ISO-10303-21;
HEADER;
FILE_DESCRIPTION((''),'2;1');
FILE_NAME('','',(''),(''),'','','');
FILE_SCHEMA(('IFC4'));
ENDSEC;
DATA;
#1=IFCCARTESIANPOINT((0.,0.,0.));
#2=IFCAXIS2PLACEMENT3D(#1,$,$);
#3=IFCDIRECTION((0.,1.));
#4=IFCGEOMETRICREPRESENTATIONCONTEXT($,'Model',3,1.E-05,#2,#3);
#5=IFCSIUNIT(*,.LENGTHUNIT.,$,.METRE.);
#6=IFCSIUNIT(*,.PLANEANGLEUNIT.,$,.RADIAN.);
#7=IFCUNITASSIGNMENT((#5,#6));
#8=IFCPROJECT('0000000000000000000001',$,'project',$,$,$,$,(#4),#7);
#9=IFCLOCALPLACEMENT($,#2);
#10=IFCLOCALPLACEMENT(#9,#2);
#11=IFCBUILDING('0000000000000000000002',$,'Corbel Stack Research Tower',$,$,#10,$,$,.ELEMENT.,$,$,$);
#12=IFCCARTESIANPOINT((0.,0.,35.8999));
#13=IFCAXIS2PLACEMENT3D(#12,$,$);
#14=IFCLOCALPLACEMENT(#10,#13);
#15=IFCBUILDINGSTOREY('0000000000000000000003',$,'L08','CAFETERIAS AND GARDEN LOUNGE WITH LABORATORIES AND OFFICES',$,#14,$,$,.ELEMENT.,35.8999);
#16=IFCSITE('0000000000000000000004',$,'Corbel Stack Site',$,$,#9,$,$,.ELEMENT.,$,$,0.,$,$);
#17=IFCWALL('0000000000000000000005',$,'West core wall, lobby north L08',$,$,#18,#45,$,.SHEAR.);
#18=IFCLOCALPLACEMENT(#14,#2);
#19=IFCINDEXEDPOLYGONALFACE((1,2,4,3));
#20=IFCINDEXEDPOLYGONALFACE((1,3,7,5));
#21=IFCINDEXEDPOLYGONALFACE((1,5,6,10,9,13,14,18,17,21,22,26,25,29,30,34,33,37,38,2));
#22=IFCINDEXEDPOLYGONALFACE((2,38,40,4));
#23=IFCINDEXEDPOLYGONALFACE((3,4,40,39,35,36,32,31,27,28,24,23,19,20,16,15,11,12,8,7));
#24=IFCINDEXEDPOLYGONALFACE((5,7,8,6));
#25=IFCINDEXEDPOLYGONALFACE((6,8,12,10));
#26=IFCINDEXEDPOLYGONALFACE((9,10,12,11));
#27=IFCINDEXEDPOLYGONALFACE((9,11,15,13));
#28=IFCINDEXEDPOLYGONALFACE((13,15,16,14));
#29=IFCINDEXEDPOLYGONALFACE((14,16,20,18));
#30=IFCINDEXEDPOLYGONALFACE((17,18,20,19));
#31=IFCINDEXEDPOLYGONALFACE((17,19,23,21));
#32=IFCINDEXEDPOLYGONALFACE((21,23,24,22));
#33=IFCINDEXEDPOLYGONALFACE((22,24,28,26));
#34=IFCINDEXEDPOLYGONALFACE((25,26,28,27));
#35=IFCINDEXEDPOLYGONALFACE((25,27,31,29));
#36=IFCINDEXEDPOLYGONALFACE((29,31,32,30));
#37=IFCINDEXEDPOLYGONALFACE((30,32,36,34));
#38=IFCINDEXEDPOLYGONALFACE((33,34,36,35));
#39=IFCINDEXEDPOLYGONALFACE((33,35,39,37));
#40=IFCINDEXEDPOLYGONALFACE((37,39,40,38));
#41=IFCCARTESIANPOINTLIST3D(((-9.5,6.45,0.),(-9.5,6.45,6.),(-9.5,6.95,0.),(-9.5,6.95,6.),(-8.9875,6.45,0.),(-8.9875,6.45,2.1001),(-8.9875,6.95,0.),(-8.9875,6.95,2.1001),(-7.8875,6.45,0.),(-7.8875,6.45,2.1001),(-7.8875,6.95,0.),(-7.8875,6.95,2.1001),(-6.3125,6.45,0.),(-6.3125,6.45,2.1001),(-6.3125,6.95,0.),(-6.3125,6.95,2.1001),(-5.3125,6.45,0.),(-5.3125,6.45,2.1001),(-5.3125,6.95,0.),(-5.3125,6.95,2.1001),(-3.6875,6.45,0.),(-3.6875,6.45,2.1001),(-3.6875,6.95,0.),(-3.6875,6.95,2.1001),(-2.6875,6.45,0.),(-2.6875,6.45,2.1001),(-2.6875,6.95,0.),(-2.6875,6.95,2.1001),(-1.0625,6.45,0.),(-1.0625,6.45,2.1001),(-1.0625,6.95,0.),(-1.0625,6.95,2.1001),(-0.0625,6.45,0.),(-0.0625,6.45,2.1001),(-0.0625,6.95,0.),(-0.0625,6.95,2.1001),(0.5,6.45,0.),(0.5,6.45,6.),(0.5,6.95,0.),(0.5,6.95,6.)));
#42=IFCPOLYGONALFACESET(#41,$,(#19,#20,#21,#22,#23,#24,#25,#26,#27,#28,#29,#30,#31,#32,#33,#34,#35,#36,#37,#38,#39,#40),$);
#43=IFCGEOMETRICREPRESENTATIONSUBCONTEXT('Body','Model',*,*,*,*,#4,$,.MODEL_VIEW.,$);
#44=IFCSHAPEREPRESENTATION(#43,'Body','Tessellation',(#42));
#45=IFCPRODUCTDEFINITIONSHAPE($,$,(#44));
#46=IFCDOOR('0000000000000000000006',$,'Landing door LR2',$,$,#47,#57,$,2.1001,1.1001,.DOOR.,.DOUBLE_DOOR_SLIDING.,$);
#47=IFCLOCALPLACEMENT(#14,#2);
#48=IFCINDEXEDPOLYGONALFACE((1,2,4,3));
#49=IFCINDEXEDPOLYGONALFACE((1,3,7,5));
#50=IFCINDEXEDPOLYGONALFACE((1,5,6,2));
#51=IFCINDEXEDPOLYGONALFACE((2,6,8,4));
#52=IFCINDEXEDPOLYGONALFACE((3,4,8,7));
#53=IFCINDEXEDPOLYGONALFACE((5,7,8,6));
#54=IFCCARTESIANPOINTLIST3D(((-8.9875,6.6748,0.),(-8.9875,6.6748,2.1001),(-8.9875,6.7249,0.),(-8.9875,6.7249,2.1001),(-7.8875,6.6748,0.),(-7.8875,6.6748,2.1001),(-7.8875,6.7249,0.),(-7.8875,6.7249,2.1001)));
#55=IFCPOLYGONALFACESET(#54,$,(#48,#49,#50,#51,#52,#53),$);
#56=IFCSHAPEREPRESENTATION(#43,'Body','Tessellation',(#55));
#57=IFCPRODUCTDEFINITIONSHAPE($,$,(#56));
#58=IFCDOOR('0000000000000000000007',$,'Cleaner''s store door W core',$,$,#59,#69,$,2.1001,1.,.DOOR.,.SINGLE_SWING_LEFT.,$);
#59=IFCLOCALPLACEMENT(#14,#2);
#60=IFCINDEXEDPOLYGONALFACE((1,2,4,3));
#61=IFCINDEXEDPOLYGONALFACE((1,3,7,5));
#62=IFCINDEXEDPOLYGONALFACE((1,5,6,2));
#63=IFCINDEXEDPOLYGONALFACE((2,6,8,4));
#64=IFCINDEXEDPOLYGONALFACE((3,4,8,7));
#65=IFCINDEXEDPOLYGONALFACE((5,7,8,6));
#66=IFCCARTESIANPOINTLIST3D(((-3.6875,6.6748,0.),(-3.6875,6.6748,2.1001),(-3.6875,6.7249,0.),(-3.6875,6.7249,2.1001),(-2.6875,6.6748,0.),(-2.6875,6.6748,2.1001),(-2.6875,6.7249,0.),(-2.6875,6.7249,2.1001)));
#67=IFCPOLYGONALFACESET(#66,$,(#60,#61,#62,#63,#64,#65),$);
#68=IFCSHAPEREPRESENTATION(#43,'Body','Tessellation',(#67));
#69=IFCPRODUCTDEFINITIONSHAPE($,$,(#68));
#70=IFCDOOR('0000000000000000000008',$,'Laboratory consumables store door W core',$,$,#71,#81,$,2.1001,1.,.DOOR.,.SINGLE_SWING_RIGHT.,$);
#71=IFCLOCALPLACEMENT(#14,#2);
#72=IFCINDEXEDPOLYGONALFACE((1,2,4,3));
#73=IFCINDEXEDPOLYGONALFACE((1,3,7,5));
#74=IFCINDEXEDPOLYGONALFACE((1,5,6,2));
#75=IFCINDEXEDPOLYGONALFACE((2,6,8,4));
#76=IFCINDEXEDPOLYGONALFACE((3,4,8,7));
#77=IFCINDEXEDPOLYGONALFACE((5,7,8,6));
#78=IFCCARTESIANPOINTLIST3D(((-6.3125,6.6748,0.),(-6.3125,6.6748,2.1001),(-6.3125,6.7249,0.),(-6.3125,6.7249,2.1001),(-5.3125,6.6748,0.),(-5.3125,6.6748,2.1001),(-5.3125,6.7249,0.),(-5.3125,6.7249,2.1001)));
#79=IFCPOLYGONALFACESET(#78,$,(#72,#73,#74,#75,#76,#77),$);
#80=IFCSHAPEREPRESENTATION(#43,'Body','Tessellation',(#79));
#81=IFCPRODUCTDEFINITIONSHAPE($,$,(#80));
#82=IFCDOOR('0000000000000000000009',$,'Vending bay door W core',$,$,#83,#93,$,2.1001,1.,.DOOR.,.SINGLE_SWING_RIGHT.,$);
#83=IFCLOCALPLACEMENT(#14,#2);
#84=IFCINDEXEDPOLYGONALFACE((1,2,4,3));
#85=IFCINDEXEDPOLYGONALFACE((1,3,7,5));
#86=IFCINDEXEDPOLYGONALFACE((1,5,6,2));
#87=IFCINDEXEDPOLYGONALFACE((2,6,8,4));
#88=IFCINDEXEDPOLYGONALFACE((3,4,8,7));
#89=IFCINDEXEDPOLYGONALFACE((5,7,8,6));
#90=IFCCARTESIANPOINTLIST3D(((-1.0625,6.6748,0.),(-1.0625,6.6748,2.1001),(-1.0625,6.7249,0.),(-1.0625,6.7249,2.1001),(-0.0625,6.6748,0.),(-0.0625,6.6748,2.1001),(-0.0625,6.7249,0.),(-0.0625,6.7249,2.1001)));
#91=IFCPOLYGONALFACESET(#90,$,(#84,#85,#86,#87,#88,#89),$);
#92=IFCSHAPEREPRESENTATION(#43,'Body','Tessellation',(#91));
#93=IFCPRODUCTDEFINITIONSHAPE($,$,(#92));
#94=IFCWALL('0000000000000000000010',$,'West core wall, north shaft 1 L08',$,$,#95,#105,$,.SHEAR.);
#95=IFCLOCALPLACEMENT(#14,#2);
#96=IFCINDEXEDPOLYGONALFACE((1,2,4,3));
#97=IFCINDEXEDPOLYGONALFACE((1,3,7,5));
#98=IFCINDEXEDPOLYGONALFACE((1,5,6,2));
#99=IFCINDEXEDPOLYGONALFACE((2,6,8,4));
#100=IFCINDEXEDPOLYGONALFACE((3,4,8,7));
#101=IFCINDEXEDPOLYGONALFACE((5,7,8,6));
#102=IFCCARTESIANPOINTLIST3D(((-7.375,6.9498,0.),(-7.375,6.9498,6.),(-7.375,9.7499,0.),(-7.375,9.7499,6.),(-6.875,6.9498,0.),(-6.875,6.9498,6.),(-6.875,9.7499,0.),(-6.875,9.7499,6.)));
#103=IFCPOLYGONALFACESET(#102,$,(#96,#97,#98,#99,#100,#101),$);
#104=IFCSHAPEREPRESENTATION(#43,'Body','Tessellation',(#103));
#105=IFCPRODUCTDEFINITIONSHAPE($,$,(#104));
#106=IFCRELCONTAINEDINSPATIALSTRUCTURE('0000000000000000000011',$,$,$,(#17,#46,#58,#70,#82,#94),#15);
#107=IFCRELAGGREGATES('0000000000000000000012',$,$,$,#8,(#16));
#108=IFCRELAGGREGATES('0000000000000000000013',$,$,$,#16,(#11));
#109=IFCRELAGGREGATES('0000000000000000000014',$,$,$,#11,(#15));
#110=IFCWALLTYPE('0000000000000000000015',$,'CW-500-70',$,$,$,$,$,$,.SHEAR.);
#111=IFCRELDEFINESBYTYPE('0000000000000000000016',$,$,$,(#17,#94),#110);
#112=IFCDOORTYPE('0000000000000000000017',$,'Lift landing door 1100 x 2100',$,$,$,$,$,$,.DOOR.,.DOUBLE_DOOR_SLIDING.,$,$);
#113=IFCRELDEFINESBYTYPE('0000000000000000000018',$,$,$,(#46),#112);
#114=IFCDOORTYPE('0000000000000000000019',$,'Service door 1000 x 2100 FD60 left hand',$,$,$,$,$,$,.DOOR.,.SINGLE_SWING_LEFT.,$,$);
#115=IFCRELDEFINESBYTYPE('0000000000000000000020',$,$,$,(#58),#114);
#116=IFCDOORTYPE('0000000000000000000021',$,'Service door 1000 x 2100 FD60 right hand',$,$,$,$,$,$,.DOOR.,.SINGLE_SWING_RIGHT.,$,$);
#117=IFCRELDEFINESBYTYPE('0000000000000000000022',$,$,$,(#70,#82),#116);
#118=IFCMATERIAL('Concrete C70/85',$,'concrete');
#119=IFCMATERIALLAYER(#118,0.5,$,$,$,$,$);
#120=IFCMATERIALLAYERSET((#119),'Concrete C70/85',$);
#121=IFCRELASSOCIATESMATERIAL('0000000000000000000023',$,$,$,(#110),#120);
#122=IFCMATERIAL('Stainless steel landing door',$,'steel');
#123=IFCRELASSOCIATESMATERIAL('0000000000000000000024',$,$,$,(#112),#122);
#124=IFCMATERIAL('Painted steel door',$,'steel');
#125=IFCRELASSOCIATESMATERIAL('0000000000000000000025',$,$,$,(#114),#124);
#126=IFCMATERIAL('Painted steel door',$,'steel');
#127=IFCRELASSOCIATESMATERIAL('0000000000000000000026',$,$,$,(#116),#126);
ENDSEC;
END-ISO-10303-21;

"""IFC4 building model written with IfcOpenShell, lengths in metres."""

from ifc_helpers import new_model, si_unit, direction, frame, frame_2d, origin, place, context, subcontext, project, spatial, rectangle, extrude, material, layer, layer_set, type_object, element, fill, save


model = new_model("IFC4")

# Units and contexts
model_context = context("Model", 3, precision=1e-05, world=origin(), true_north=direction((0.0, 1.0)))
body_context = subcontext(model_context, "Body", "Model", "MODEL_VIEW")
ifc_project = project(units=[si_unit("LENGTHUNIT", "METRE"), si_unit("PLANEANGLEUNIT", "RADIAN")], contexts=[model_context])

# Site, building, storey
site_placement = place(None, origin())
site = spatial("IfcSite", under=ifc_project, at=site_placement, Name="Corbel Stack Site", CompositionType="ELEMENT", RefElevation=0.0)
building_placement = place(site_placement, origin())
building = spatial("IfcBuilding", under=site, at=building_placement, Name="Corbel Stack Research Tower", CompositionType="ELEMENT")
storey_placement = place(building_placement, frame((0.0, 0.0, 35.8999)))
storey = spatial("IfcBuildingStorey", under=building, at=storey_placement, Name="L08", Description="CAFETERIAS AND GARDEN LOUNGE WITH LABORATORIES AND OFFICES", CompositionType="ELEMENT", Elevation=35.8999)

# Wall, openings, doors
ifc_material_1 = material(Name="Concrete C70/85", Category="concrete")
ifc_layer_1 = layer(ifc_material_1, 0.5)
ifc_layer_set_1 = layer_set([ifc_layer_1], Name="Concrete C70/85")
wall_type = type_object("IfcWallType", Name="CW-500-70", PredefinedType="SHEAR", material=ifc_layer_set_1)
ifc_material_2 = material(Name="Stainless steel landing door", Category="steel")
door_type_1 = type_object("IfcDoorType", Name="Lift landing door 1100 x 2100", OperationType="DOUBLE_DOOR_SLIDING", PredefinedType="DOOR", material=ifc_material_2)
wall_1_placement = place(storey_placement, frame((-9.5, 6.7, 0.0), z_axis=(0.0, 0.0, 1.0), x_axis=(1.0, 0.0, 0.0)))
wall_1 = element("IfcWall", 1, at=wall_1_placement, inside=storey, type_object=wall_type, Name="West core wall, lobby north L08", PredefinedType="SHEAR", context=body_context, shape_type="SweptSolid", body=[
    extrude(rectangle(XDim=10.0, YDim=0.5, at=frame_2d((5.0, 0.0))), origin(), (0.0, 0.0, 1.0), 6.0),
])
opening_1_placement = place(wall_1_placement, frame((0.5125, 0.0, 0.0)))
opening_1 = element("IfcOpeningElement", 2, at=opening_1_placement, cuts=wall_1, PredefinedType="OPENING", context=body_context, shape_type="SweptSolid", body=[
    extrude(rectangle(XDim=1.1001, YDim=2.1001, at=frame_2d((0.55, 1.05))), frame((0.0, 0.26, 0.0), z_axis=(0.0, -1.0, 0.0), x_axis=(1.0, 0.0, 0.0)), (0.0, 0.0, 1.0), 0.52),
])
opening_2_placement = place(wall_1_placement, frame((3.1875, 0.0, 0.0)))
opening_2 = element("IfcOpeningElement", 3, at=opening_2_placement, cuts=wall_1, PredefinedType="OPENING", context=body_context, shape_type="SweptSolid", body=[
    extrude(rectangle(XDim=1.0, YDim=2.1001, at=frame_2d((0.5, 1.05))), frame((0.0, 0.26, 0.0), z_axis=(0.0, -1.0, 0.0), x_axis=(1.0, 0.0, 0.0)), (0.0, 0.0, 1.0), 0.52),
])
opening_3_placement = place(wall_1_placement, frame((5.8125, 0.0, 0.0)))
opening_3 = element("IfcOpeningElement", 4, at=opening_3_placement, cuts=wall_1, PredefinedType="OPENING", context=body_context, shape_type="SweptSolid", body=[
    extrude(rectangle(XDim=1.0, YDim=2.1001, at=frame_2d((0.5, 1.05))), frame((0.0, 0.26, 0.0), z_axis=(0.0, -1.0, 0.0), x_axis=(1.0, 0.0, 0.0)), (0.0, 0.0, 1.0), 0.52),
])
opening_4_placement = place(wall_1_placement, frame((8.4375, 0.0, 0.0)))
opening_4 = element("IfcOpeningElement", 5, at=opening_4_placement, cuts=wall_1, PredefinedType="OPENING", context=body_context, shape_type="SweptSolid", body=[
    extrude(rectangle(XDim=1.0, YDim=2.1001, at=frame_2d((0.5, 1.05))), frame((0.0, 0.26, 0.0), z_axis=(0.0, -1.0, 0.0), x_axis=(1.0, 0.0, 0.0)), (0.0, 0.0, 1.0), 0.52),
])
door_1_placement = place(opening_1_placement, origin())
door_1 = element("IfcDoor", 6, at=door_1_placement, inside=storey, type_object=door_type_1, Name="Landing door LR2", OperationType="DOUBLE_DOOR_SLIDING", OverallHeight=2.1001, OverallWidth=1.1001, PredefinedType="DOOR", context=body_context, shape_type="SweptSolid", body=[
    extrude(rectangle(XDim=1.1001, YDim=2.1001, at=frame_2d((0.55, 1.05))), frame((0.0, 0.0249, 0.0), z_axis=(0.0, -1.0, 0.0), x_axis=(1.0, 0.0, 0.0)), (0.0, 0.0, 1.0), 0.05),
])
fill(opening_1, door_1)
ifc_material_3 = material(Name="Painted steel door", Category="steel")
door_type_2 = type_object("IfcDoorType", Name="Service door 1000 x 2100 FD60 left hand", OperationType="SINGLE_SWING_LEFT", PredefinedType="DOOR", material=ifc_material_3)
door_2_placement = place(opening_3_placement, origin())
door_2 = element("IfcDoor", 7, at=door_2_placement, inside=storey, type_object=door_type_2, Name="Cleaner's store door W core", OperationType="SINGLE_SWING_LEFT", OverallHeight=2.1001, OverallWidth=1.0, PredefinedType="DOOR", context=body_context, shape_type="SweptSolid", body=[
    extrude(rectangle(XDim=1.0, YDim=2.1001, at=frame_2d((0.5, 1.05))), frame((0.0, 0.0249, 0.0), z_axis=(0.0, -1.0, 0.0), x_axis=(1.0, 0.0, 0.0)), (0.0, 0.0, 1.0), 0.05),
])
fill(opening_3, door_2)
ifc_material_4 = material(Name="Painted steel door", Category="steel")
door_type_3 = type_object("IfcDoorType", Name="Service door 1000 x 2100 FD60 right hand", OperationType="SINGLE_SWING_RIGHT", PredefinedType="DOOR", material=ifc_material_4)
door_3_placement = place(opening_2_placement, origin())
door_3 = element("IfcDoor", 8, at=door_3_placement, inside=storey, type_object=door_type_3, Name="Laboratory consumables store door W core", OperationType="SINGLE_SWING_RIGHT", OverallHeight=2.1001, OverallWidth=1.0, PredefinedType="DOOR", context=body_context, shape_type="SweptSolid", body=[
    extrude(rectangle(XDim=1.0, YDim=2.1001, at=frame_2d((0.5, 1.05))), frame((0.0, 0.0249, 0.0), z_axis=(0.0, -1.0, 0.0), x_axis=(1.0, 0.0, 0.0)), (0.0, 0.0, 1.0), 0.05),
])
fill(opening_2, door_3)
door_4_placement = place(opening_4_placement, origin())
door_4 = element("IfcDoor", 9, at=door_4_placement, inside=storey, type_object=door_type_3, Name="Vending bay door W core", OperationType="SINGLE_SWING_RIGHT", OverallHeight=2.1001, OverallWidth=1.0, PredefinedType="DOOR", context=body_context, shape_type="SweptSolid", body=[
    extrude(rectangle(XDim=1.0, YDim=2.1001, at=frame_2d((0.5, 1.05))), frame((0.0, 0.0249, 0.0), z_axis=(0.0, -1.0, 0.0), x_axis=(1.0, 0.0, 0.0)), (0.0, 0.0, 1.0), 0.05),
])
fill(opening_4, door_4)

# Wall
wall_2_placement = place(storey_placement, frame((-7.125, 6.95, 0.0), z_axis=(0.0, 0.0, 1.0), x_axis=(0.0, 1.0, 0.0)))
element("IfcWall", 10, at=wall_2_placement, inside=storey, type_object=wall_type, Name="West core wall, north shaft 1 L08", PredefinedType="SHEAR", context=body_context, shape_type="SweptSolid", body=[
    extrude(rectangle(XDim=2.8, YDim=0.5, at=frame_2d((1.3999, 0.0))), origin(), (0.0, 0.0, 1.0), 6.0),
])

save(model, "model.ifc")
